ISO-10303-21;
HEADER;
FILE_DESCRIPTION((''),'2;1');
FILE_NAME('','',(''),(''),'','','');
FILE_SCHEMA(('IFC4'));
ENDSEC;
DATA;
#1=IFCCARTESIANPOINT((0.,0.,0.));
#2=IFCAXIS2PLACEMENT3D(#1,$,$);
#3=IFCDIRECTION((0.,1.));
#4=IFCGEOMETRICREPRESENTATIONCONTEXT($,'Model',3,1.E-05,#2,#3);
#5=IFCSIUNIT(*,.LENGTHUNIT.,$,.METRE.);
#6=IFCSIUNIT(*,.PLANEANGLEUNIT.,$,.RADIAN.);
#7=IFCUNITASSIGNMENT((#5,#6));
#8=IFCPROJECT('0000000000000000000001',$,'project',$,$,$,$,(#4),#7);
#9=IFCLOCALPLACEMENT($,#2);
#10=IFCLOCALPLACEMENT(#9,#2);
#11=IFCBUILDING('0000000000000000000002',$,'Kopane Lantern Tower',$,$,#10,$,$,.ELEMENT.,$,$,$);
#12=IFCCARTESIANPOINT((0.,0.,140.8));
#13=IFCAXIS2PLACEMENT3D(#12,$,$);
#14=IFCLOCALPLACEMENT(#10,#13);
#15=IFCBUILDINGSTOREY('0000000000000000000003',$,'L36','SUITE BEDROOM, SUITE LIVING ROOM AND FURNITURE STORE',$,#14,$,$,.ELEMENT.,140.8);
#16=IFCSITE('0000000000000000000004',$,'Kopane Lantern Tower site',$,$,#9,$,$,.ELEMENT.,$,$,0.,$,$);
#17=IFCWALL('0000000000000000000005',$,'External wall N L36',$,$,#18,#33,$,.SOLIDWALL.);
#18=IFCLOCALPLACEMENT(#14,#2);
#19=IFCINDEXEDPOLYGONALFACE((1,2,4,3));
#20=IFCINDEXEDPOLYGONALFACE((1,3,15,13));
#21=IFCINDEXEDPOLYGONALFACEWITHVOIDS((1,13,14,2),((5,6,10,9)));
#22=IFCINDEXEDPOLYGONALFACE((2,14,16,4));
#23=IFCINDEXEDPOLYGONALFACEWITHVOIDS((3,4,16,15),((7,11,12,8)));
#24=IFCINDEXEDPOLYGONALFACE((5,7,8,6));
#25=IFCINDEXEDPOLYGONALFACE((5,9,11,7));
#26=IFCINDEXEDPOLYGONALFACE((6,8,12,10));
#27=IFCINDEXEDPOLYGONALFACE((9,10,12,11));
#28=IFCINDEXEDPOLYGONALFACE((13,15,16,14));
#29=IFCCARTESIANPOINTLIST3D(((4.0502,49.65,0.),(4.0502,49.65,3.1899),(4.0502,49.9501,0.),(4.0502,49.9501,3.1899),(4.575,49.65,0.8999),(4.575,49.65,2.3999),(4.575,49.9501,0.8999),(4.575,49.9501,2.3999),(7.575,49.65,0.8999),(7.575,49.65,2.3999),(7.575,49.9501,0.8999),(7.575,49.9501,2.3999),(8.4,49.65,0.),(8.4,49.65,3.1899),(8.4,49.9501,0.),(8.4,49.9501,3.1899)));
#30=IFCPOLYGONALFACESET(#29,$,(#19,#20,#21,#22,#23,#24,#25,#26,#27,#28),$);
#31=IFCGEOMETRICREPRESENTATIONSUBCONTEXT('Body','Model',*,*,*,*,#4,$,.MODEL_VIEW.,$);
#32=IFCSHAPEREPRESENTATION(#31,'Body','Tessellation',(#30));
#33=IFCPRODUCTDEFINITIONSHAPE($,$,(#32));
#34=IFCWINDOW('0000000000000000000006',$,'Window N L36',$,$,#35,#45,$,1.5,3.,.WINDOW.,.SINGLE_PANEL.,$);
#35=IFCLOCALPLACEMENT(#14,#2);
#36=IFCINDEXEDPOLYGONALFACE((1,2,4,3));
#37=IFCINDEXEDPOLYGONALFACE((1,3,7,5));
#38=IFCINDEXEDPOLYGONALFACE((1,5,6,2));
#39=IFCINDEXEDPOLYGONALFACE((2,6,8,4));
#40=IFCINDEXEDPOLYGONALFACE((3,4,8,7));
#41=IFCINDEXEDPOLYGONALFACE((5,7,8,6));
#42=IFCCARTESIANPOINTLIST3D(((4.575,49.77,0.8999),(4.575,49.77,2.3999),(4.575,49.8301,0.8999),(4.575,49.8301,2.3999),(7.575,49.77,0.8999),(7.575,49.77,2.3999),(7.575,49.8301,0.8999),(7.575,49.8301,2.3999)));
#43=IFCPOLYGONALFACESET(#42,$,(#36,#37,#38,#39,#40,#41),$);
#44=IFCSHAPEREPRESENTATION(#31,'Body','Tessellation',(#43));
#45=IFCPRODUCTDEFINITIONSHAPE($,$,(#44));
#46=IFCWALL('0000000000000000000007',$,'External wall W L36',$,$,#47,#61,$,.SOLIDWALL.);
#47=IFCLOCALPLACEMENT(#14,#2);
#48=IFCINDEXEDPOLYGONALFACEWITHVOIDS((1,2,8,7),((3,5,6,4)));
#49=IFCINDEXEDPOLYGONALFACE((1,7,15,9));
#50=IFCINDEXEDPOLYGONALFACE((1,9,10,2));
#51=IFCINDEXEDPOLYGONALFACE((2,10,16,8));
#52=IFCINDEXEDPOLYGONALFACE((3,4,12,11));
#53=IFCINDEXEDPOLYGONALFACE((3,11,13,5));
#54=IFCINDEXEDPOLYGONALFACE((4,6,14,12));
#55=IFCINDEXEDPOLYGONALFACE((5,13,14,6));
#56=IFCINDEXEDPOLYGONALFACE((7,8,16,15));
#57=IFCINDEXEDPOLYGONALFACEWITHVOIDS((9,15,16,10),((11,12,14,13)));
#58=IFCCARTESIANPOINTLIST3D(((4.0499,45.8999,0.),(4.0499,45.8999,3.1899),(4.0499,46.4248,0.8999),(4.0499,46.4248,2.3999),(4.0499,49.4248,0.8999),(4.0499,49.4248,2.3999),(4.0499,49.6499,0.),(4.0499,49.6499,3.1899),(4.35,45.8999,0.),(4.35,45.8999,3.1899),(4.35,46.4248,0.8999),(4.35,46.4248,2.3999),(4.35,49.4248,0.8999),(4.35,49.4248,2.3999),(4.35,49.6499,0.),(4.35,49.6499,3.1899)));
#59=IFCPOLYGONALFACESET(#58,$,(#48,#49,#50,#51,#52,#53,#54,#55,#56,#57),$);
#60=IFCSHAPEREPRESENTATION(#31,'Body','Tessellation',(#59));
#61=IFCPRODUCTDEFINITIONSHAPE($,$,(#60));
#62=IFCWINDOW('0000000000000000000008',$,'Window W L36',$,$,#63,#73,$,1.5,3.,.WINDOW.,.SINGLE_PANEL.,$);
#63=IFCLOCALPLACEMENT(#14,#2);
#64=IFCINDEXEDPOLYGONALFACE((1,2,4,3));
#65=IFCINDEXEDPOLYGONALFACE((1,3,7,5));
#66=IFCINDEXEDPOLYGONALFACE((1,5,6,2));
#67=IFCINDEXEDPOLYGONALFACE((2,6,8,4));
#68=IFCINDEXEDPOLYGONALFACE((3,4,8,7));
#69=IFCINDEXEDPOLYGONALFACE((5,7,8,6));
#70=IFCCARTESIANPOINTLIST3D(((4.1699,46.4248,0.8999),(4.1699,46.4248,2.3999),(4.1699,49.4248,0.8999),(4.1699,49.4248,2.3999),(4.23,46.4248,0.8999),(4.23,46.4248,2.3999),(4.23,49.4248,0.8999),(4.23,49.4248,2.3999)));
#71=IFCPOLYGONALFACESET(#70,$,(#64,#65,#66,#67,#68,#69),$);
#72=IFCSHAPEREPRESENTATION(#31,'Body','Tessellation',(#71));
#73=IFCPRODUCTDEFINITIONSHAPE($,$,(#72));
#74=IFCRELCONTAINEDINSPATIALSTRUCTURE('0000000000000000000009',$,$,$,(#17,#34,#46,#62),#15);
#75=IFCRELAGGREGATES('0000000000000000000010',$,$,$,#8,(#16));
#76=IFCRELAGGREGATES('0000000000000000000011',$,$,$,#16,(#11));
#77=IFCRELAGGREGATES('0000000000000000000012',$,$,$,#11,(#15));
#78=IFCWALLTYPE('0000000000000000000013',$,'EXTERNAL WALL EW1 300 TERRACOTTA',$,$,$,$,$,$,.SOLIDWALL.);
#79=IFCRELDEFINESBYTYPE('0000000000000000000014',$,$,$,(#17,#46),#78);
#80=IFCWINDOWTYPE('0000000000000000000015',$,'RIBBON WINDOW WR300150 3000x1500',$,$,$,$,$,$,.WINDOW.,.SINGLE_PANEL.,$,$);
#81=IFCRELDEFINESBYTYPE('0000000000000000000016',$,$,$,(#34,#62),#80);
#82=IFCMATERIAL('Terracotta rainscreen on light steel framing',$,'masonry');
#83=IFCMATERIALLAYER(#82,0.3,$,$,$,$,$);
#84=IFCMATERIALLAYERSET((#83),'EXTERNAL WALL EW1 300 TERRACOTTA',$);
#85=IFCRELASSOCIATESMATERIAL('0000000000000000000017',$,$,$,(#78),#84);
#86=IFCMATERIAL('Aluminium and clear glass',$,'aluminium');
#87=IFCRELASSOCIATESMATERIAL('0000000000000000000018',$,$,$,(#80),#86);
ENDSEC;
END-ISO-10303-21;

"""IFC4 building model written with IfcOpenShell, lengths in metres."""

from ifc_helpers import new_model, si_unit, direction, frame, frame_2d, origin, place, context, subcontext, project, spatial, rectangle, extrude, material, layer, layer_set, type_object, element, fill, save


model = new_model("IFC4")

# Units and contexts
model_context = context("Model", 3, precision=1e-05, world=origin(), true_north=direction((0.0, 1.0)))
body_context = subcontext(model_context, "Body", "Model", "MODEL_VIEW")
ifc_project = project(units=[si_unit("LENGTHUNIT", "METRE"), si_unit("PLANEANGLEUNIT", "RADIAN")], contexts=[model_context])

# Site, building, storey
site_placement = place(None, origin())
site = spatial("IfcSite", under=ifc_project, at=site_placement, Name="Kopane Lantern Tower site", CompositionType="ELEMENT", RefElevation=0.0)
building_placement = place(site_placement, origin())
building = spatial("IfcBuilding", under=site, at=building_placement, Name="Kopane Lantern Tower", CompositionType="ELEMENT")
storey_placement = place(building_placement, frame((0.0, 0.0, 140.8)))
storey = spatial("IfcBuildingStorey", under=building, at=storey_placement, Name="L36", Description="SUITE BEDROOM, SUITE LIVING ROOM AND FURNITURE STORE", CompositionType="ELEMENT", Elevation=140.8)

# Walls, openings, windows
ifc_material_1 = material(Name="Terracotta rainscreen on light steel framing", Category="masonry")
ifc_layer_1 = layer(ifc_material_1, 0.3)
ifc_layer_set_1 = layer_set([ifc_layer_1], Name="EXTERNAL WALL EW1 300 TERRACOTTA")
wall_type_1 = type_object("IfcWallType", Name="EXTERNAL WALL EW1 300 TERRACOTTA", PredefinedType="SOLIDWALL", material=ifc_layer_set_1)
ifc_material_2 = material(Name="Aluminium and clear glass", Category="aluminium")
window_type = type_object("IfcWindowType", Name="RIBBON WINDOW WR300150 3000x1500", PartitioningType="SINGLE_PANEL", PredefinedType="WINDOW", material=ifc_material_2)
wall_1_placement = place(storey_placement, frame((8.3999, 49.8, 0.0), z_axis=(0.0, 0.0, 1.0), x_axis=(-1.0, 0.0, 0.0)))
wall_1 = element("IfcWall", 1, at=wall_1_placement, inside=storey, type_object=wall_type_1, Name="External wall N L36", PredefinedType="SOLIDWALL", context=body_context, shape_type="SweptSolid", body=[
    extrude(rectangle(XDim=4.3499, YDim=0.3, at=frame_2d((2.1748, 0.0))), origin(), (0.0, 0.0, 1.0), 3.1899),
])
opening_1_placement = place(wall_1_placement, frame((0.825, 0.0, 0.8999)))
opening_1 = element("IfcOpeningElement", 2, at=opening_1_placement, cuts=wall_1, PredefinedType="OPENING", context=body_context, shape_type="SweptSolid", body=[
    extrude(rectangle(XDim=3.0, YDim=1.5, at=frame_2d((1.5, 0.75))), frame((0.0, 0.1599, 0.0), z_axis=(0.0, -1.0, 0.0), x_axis=(1.0, 0.0, 0.0)), (0.0, 0.0, 1.0), 0.3201),
])
window_1_placement = place(opening_1_placement, origin())
window_1 = element("IfcWindow", 3, at=window_1_placement, inside=storey, type_object=window_type, Name="Window N L36", OverallHeight=1.5, OverallWidth=3.0, PartitioningType="SINGLE_PANEL", PredefinedType="WINDOW", context=body_context, shape_type="SweptSolid", body=[
    extrude(rectangle(XDim=3.0, YDim=1.5, at=frame_2d((1.5, 0.75))), frame((0.0, 0.03, 0.0), z_axis=(0.0, -1.0, 0.0), x_axis=(1.0, 0.0, 0.0)), (0.0, 0.0, 1.0), 0.0601),
])
fill(opening_1, window_1)
wall_2_placement = place(storey_placement, frame((4.2, 49.6499, 0.0), z_axis=(0.0, 0.0, 1.0), x_axis=(0.0, -1.0, 0.0)))
wall_2 = element("IfcWall", 4, at=wall_2_placement, inside=storey, type_object=wall_type_1, Name="External wall W L36", PredefinedType="SOLIDWALL", context=body_context, shape_type="SweptSolid", body=[
    extrude(rectangle(XDim=3.75, YDim=0.3, at=frame_2d((1.875, 0.0))), origin(), (0.0, 0.0, 1.0), 3.1899),
])
opening_2_placement = place(wall_2_placement, frame((0.2251, 0.0, 0.8999)))
opening_2 = element("IfcOpeningElement", 5, at=opening_2_placement, cuts=wall_2, PredefinedType="OPENING", context=body_context, shape_type="SweptSolid", body=[
    extrude(rectangle(XDim=3.0, YDim=1.5, at=frame_2d((1.5, 0.75))), frame((0.0, 0.1599, 0.0), z_axis=(0.0, -1.0, 0.0), x_axis=(1.0, 0.0, 0.0)), (0.0, 0.0, 1.0), 0.3201),
])
window_2_placement = place(opening_2_placement, origin())
window_2 = element("IfcWindow", 6, at=window_2_placement, inside=storey, type_object=window_type, Name="Window W L36", OverallHeight=1.5, OverallWidth=3.0, PartitioningType="SINGLE_PANEL", PredefinedType="WINDOW", context=body_context, shape_type="SweptSolid", body=[
    extrude(rectangle(XDim=3.0, YDim=1.5, at=frame_2d((1.5, 0.75))), frame((0.0, 0.03, 0.0), z_axis=(0.0, -1.0, 0.0), x_axis=(1.0, 0.0, 0.0)), (0.0, 0.0, 1.0), 0.0601),
])
fill(opening_2, window_2)

save(model, "model.ifc")
